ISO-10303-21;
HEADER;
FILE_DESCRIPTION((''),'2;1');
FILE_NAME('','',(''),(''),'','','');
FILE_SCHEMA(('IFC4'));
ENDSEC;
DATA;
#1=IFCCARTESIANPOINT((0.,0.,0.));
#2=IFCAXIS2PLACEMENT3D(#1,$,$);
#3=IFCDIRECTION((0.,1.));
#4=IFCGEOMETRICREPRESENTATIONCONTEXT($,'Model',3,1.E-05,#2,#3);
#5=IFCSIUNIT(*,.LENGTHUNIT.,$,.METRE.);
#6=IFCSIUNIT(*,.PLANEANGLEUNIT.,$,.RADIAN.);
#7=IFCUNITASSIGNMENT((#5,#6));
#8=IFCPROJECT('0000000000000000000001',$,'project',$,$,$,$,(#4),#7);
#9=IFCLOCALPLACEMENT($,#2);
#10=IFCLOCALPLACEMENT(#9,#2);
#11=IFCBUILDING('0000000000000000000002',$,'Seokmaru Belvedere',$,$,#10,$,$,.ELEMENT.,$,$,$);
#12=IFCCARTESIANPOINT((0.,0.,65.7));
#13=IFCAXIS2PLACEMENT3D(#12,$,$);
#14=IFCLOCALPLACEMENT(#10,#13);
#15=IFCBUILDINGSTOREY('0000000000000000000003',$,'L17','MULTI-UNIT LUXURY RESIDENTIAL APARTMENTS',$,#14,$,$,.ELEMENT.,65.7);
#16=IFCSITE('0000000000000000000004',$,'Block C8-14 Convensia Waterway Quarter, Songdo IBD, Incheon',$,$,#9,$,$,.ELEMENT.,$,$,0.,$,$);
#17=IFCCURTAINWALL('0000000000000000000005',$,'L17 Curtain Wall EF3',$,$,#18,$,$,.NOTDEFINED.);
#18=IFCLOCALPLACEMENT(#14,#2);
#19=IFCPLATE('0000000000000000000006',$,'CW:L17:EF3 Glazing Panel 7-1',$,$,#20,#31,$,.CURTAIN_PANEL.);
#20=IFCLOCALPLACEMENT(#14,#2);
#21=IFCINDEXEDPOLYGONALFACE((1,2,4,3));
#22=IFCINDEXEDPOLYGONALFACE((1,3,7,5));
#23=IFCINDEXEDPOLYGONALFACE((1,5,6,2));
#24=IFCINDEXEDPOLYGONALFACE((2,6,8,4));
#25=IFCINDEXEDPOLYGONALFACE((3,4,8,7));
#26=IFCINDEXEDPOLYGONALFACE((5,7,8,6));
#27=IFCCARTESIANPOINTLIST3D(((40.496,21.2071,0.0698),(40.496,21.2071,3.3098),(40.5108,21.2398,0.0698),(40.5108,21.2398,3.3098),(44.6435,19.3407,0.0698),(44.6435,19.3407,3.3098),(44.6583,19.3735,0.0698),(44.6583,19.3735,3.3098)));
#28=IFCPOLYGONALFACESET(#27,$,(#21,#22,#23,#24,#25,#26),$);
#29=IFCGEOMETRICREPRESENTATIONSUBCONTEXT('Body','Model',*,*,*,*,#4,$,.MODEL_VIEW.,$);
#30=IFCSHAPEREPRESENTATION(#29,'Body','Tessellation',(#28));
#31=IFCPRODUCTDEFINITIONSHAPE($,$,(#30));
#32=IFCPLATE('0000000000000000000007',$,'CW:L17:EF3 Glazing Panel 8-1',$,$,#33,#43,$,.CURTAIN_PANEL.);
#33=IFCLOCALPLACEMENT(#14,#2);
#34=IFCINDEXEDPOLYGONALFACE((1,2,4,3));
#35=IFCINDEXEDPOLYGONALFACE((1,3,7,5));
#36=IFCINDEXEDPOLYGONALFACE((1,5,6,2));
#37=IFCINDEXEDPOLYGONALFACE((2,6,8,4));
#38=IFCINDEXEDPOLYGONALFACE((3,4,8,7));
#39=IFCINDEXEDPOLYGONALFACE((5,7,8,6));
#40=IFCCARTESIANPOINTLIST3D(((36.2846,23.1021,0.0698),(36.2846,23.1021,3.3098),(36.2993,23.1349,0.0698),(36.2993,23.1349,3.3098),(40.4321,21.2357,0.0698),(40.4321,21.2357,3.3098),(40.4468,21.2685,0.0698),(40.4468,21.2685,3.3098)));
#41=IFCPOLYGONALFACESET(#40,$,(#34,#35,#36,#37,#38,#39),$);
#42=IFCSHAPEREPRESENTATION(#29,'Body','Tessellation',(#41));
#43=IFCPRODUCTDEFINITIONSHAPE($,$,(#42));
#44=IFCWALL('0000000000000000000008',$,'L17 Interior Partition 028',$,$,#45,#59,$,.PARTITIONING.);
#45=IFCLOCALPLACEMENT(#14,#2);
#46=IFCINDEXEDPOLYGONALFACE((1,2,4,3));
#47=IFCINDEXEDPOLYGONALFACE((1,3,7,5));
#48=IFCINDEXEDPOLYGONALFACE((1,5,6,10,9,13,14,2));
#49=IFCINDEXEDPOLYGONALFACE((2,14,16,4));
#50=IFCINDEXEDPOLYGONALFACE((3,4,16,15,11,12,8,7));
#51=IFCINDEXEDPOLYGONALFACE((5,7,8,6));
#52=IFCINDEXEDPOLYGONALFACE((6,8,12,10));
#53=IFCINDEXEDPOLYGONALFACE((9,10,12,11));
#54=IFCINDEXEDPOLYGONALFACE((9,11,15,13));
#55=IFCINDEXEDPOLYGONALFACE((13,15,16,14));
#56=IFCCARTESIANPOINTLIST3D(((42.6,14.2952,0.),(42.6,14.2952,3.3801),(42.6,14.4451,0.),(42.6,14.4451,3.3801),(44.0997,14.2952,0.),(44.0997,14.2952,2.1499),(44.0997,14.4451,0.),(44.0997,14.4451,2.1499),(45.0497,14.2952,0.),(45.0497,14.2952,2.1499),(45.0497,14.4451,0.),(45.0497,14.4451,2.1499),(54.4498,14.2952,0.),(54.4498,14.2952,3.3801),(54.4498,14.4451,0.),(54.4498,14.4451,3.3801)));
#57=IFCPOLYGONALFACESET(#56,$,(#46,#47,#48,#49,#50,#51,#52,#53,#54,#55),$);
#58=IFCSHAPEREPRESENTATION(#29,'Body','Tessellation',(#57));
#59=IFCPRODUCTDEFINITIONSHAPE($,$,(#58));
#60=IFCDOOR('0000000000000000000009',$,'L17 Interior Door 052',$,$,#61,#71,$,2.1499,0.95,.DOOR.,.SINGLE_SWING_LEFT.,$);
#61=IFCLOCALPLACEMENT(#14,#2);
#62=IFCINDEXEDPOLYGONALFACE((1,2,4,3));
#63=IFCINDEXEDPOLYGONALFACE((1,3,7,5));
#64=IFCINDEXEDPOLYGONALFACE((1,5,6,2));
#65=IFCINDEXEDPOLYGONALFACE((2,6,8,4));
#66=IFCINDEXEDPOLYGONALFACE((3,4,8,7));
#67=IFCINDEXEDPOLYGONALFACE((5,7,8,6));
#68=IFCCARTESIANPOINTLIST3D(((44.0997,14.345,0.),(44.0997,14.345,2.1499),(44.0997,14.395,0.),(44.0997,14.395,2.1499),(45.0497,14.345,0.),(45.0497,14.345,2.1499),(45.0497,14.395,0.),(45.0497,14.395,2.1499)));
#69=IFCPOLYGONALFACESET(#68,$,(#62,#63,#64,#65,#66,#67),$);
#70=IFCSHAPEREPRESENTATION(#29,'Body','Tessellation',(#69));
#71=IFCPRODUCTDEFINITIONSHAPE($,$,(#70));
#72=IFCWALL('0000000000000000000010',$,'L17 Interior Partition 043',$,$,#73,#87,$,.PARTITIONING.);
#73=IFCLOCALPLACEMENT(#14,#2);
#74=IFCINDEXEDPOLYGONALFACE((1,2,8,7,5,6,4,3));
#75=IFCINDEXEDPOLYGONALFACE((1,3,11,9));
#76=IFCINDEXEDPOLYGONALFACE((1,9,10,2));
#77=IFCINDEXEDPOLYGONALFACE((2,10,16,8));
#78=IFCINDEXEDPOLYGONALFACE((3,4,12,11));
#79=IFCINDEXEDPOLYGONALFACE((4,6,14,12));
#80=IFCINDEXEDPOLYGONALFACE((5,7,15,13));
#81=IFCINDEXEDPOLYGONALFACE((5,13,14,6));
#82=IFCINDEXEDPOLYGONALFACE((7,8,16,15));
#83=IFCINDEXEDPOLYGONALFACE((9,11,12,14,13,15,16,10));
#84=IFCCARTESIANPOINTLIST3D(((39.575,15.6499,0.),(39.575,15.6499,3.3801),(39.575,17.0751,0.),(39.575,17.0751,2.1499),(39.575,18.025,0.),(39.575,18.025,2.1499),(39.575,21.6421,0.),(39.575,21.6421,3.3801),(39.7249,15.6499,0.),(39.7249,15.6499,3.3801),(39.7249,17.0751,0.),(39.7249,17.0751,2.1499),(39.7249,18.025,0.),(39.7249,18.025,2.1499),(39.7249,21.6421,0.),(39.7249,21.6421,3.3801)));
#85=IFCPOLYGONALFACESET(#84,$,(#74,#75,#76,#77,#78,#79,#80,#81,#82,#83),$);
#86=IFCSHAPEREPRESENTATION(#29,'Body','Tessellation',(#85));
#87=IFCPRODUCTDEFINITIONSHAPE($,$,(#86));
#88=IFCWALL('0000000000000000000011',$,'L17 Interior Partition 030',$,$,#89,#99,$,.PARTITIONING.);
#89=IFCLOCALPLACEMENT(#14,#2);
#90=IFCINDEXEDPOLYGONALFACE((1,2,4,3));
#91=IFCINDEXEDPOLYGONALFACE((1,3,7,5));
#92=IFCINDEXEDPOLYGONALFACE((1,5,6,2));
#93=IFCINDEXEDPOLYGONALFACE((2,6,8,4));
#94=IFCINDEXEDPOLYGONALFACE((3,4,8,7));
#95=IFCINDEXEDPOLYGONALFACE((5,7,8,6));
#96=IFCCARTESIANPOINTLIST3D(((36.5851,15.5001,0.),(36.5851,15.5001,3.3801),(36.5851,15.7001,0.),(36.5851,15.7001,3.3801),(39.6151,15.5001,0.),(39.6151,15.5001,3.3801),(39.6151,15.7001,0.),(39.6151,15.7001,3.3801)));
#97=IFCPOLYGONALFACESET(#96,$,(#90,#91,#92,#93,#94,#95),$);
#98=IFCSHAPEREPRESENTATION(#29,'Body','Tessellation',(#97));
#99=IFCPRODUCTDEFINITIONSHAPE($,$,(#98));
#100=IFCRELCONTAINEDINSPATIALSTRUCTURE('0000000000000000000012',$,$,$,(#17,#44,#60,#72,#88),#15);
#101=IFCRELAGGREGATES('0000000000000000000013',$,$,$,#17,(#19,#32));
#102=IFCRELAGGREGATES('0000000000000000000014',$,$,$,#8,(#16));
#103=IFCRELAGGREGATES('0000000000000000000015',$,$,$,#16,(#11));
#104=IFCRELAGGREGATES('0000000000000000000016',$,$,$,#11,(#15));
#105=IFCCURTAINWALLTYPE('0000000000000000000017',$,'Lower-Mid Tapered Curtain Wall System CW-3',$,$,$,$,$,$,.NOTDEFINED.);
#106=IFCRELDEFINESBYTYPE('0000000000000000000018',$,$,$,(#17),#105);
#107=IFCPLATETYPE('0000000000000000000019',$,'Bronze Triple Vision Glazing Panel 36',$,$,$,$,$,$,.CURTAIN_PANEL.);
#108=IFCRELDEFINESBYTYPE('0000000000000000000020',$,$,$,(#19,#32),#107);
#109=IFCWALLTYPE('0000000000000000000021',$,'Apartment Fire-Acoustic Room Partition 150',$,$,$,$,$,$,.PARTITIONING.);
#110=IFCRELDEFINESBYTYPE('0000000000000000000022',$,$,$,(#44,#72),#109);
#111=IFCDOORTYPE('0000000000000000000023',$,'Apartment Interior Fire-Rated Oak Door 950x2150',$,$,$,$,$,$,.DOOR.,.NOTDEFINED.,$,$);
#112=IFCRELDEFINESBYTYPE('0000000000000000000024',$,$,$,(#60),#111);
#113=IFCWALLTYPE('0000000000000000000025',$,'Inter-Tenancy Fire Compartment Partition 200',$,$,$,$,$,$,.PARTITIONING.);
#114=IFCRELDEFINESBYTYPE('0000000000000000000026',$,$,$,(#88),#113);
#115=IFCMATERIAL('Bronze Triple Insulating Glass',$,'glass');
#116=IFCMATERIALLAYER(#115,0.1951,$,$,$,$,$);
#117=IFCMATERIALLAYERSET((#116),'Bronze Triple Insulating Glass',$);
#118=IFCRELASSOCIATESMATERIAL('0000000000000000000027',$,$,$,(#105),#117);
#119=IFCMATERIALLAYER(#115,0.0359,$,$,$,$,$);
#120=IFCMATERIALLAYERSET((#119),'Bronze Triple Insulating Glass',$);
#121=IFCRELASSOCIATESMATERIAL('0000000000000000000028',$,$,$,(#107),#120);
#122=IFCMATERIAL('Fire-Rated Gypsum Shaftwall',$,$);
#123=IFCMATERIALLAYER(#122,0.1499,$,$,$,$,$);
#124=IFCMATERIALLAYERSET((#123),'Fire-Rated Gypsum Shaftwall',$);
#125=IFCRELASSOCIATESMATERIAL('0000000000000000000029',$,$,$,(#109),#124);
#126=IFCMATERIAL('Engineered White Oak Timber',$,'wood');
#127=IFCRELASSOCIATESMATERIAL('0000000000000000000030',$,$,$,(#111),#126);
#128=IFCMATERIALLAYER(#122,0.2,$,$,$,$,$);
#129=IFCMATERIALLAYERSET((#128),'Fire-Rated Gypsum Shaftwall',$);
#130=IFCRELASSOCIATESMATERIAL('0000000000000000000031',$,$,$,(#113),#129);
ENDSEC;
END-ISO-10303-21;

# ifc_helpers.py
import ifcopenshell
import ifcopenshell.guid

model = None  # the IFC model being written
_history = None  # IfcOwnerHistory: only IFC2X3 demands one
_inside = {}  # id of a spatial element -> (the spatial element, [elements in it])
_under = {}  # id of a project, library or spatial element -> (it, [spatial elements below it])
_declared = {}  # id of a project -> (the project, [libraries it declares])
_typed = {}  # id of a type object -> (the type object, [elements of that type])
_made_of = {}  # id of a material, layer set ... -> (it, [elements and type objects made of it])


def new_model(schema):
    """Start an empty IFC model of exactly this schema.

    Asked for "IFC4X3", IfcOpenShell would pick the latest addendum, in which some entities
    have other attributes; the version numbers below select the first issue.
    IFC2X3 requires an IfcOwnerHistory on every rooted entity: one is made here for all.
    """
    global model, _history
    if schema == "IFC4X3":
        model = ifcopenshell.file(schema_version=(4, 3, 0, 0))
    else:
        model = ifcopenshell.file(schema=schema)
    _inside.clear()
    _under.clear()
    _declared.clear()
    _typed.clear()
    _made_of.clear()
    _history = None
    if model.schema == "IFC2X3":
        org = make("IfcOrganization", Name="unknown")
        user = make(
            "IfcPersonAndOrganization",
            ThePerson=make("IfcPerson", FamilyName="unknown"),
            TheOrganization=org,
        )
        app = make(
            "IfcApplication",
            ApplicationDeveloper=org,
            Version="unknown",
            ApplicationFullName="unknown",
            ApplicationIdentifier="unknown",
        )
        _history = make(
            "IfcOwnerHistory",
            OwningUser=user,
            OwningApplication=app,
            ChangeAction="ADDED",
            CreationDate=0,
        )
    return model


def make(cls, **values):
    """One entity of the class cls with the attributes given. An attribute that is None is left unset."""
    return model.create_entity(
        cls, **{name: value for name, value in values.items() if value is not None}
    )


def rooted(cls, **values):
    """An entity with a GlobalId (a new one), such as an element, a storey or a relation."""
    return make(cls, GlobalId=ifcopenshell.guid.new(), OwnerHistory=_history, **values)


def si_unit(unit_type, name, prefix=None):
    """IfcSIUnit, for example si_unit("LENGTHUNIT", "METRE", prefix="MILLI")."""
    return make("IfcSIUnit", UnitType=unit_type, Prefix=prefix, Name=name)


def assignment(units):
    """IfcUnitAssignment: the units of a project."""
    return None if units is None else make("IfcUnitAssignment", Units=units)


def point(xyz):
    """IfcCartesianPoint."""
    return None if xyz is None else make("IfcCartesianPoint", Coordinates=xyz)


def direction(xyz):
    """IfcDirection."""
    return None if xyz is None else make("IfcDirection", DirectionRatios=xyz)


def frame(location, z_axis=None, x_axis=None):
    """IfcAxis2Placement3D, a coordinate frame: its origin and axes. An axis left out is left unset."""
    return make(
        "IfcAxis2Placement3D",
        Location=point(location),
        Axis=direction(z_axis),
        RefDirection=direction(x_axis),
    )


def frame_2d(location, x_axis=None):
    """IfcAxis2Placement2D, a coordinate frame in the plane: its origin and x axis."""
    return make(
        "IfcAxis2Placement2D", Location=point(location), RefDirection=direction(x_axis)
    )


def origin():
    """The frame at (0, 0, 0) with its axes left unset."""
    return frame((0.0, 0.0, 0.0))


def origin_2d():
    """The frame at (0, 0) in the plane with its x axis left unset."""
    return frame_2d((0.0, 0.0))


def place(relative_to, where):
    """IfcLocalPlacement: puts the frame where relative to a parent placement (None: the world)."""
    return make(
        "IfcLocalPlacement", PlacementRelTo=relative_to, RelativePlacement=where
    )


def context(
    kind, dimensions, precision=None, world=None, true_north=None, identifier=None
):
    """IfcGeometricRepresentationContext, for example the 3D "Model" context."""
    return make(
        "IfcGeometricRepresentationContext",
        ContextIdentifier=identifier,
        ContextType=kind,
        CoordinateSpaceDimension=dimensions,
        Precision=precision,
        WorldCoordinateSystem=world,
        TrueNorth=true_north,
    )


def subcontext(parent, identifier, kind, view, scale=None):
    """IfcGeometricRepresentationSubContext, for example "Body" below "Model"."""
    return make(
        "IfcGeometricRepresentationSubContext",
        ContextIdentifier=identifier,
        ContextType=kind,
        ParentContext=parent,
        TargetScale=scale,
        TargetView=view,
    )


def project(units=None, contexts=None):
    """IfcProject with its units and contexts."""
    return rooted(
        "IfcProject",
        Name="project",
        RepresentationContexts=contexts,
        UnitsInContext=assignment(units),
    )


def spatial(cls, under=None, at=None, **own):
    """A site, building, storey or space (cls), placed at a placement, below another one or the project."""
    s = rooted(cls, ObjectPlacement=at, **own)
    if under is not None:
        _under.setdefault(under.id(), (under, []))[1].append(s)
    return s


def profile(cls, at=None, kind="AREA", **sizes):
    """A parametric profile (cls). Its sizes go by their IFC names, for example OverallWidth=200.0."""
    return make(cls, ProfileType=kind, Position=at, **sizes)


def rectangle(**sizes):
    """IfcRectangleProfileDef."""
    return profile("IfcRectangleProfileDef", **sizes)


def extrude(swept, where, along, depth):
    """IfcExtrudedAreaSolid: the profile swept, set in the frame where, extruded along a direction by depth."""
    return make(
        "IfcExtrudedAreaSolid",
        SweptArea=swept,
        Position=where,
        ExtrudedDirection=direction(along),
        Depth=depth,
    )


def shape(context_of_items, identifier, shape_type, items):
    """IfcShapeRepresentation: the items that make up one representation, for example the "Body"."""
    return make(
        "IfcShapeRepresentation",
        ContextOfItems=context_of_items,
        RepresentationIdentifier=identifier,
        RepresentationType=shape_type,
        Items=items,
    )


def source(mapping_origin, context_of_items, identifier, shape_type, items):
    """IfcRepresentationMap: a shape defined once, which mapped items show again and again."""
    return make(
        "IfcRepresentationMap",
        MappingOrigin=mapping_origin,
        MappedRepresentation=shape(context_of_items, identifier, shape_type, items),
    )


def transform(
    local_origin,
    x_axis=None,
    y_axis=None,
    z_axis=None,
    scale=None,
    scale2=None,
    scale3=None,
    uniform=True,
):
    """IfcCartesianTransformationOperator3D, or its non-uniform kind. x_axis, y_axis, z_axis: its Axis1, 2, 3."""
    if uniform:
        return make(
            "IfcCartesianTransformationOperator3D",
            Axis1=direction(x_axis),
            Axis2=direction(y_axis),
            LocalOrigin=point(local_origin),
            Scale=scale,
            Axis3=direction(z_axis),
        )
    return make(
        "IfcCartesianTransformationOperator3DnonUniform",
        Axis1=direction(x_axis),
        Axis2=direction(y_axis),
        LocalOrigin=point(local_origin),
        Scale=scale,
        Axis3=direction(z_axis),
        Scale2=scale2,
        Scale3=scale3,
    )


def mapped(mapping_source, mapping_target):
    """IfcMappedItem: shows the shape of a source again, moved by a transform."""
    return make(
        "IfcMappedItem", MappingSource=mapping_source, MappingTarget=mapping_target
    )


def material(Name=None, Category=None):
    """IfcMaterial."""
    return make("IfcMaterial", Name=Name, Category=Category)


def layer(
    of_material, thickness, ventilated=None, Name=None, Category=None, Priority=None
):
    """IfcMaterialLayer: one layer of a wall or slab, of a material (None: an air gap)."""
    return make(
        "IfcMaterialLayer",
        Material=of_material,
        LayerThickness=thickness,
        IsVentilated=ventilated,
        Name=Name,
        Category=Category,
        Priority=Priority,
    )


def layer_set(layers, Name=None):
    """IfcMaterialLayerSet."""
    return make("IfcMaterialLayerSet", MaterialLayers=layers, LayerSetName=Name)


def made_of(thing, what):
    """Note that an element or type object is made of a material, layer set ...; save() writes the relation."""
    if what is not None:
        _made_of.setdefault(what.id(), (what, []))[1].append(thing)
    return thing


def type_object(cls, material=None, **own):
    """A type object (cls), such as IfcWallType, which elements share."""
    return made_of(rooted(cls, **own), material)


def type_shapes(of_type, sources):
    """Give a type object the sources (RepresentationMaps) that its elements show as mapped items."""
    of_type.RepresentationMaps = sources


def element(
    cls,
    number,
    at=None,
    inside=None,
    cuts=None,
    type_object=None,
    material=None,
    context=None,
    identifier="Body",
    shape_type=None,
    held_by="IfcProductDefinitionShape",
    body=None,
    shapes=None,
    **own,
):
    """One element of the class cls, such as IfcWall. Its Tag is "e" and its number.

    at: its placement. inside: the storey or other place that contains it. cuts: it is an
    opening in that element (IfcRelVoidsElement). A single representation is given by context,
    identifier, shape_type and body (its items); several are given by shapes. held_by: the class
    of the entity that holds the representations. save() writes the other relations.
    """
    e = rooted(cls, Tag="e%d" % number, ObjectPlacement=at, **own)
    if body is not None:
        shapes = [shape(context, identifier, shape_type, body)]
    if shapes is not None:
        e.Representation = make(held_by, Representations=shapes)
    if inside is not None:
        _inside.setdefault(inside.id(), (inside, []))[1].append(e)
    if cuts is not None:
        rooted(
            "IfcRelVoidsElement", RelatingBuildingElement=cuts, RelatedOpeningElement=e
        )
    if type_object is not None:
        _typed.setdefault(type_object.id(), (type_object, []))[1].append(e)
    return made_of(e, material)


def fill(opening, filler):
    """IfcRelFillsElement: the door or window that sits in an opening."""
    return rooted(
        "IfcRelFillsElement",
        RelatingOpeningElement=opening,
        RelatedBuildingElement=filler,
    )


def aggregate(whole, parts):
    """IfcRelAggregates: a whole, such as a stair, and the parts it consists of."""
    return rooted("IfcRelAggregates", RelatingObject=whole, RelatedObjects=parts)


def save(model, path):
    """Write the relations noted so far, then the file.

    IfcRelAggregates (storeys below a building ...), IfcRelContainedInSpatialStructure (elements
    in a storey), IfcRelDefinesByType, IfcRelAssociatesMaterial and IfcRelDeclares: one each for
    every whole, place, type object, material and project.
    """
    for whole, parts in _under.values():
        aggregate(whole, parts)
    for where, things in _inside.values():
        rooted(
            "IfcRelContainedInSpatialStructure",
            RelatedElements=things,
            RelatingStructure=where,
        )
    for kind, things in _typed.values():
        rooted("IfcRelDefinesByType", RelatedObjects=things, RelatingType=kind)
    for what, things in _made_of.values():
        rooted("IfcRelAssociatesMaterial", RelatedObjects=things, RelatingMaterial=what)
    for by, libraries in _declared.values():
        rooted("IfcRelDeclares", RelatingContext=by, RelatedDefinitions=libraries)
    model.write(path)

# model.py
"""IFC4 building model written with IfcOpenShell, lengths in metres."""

from ifc_helpers import new_model, si_unit, direction, frame, frame_2d, origin, origin_2d, place, context, subcontext, project, spatial, rectangle, extrude, source, transform, mapped, material, layer, layer_set, type_object, type_shapes, element, fill, aggregate, save


model = new_model("IFC4")

# Units and contexts
model_context = context("Model", 3, precision=1e-05, world=origin(), true_north=direction((0.0, 1.0)))
body_context = subcontext(model_context, "Body", "Model", "MODEL_VIEW")
ifc_project = project(units=[si_unit("LENGTHUNIT", "METRE"), si_unit("PLANEANGLEUNIT", "RADIAN")], contexts=[model_context])

# Site, building, storey
site_placement = place(None, origin())
site = spatial("IfcSite", under=ifc_project, at=site_placement, Name="Block C8-14 Convensia Waterway Quarter, Songdo IBD, Incheon", CompositionType="ELEMENT", RefElevation=0.0)
building_placement = place(site_placement, origin())
building = spatial("IfcBuilding", under=site, at=building_placement, Name="Seokmaru Belvedere", CompositionType="ELEMENT")
storey_placement = place(building_placement, frame((0.0, 0.0, 65.7)))
storey = spatial("IfcBuildingStorey", under=building, at=storey_placement, Name="L17", Description="MULTI-UNIT LUXURY RESIDENTIAL APARTMENTS", CompositionType="ELEMENT", Elevation=65.7)

# Curtain wall, plates
ifc_material_1 = material(Name="Bronze Triple Insulating Glass", Category="glass")
ifc_layer_1 = layer(ifc_material_1, 0.1951)
ifc_layer_set_1 = layer_set([ifc_layer_1], Name="Bronze Triple Insulating Glass")
curtain_wall_type = type_object("IfcCurtainWallType", Name="Lower-Mid Tapered Curtain Wall System CW-3", PredefinedType="NOTDEFINED", material=ifc_layer_set_1)
curtain_wall_placement = place(storey_placement, origin())
curtain_wall = element("IfcCurtainWall", 1, at=curtain_wall_placement, inside=storey, type_object=curtain_wall_type, Name="L17 Curtain Wall EF3", PredefinedType="NOTDEFINED")
ifc_layer_2 = layer(ifc_material_1, 0.0359)
ifc_layer_set_2 = layer_set([ifc_layer_2], Name="Bronze Triple Insulating Glass")
plate_type = type_object("IfcPlateType", Name="Bronze Triple Vision Glazing Panel 36", PredefinedType="CURTAIN_PANEL", material=ifc_layer_set_2)
shared_shape_1 = source(origin(), body_context, "Body", "SweptSolid", [
    extrude(rectangle(XDim=4.5481, YDim=0.0359, at=origin_2d()), origin(), (0.0, 0.0, 1.0), 3.24),
])
type_shapes(plate_type, [shared_shape_1])
plate_1_placement = place(storey_placement, frame((42.5771, 20.2903, 0.0698), z_axis=(0.0, 0.0, 1.0), x_axis=(-0.911921, 0.410366, 0.0)))
plate_1 = element("IfcPlate", 2, at=plate_1_placement, type_object=plate_type, Name="CW:L17:EF3 Glazing Panel 7-1", PredefinedType="CURTAIN_PANEL", context=body_context, shape_type="MappedRepresentation", body=[
    mapped(shared_shape_1, transform((0.0, 0.0, 0.0), scale=1.0)),
])
plate_2_placement = place(storey_placement, frame((38.3657, 22.1853, 0.0698), z_axis=(0.0, 0.0, 1.0), x_axis=(-0.911921, 0.410366, 0.0)))
plate_2 = element("IfcPlate", 3, at=plate_2_placement, type_object=plate_type, Name="CW:L17:EF3 Glazing Panel 8-1", PredefinedType="CURTAIN_PANEL", context=body_context, shape_type="MappedRepresentation", body=[
    mapped(shared_shape_1, transform((0.0, 0.0, 0.0), scale=1.0)),
])
aggregate(curtain_wall, [plate_1, plate_2])

# Shared definitions
ifc_material_2 = material(Name="Fire-Rated Gypsum Shaftwall")
ifc_layer_3 = layer(ifc_material_2, 0.1499)
ifc_layer_set_3 = layer_set([ifc_layer_3], Name="Fire-Rated Gypsum Shaftwall")
wall_type_1 = type_object("IfcWallType", Name="Apartment Fire-Acoustic Room Partition 150", PredefinedType="PARTITIONING", material=ifc_layer_set_3)

# Wall, opening, door
wall_1_placement = place(storey_placement, frame((42.6001, 14.3701, 0.0), z_axis=(0.0, 0.0, 1.0), x_axis=(1.0, 0.0, 0.0)))
wall_1 = element("IfcWall", 4, at=wall_1_placement, inside=storey, type_object=wall_type_1, Name="L17 Interior Partition 028", PredefinedType="PARTITIONING", context=body_context, shape_type="SweptSolid", body=[
    extrude(rectangle(XDim=11.8499, YDim=0.1499, at=frame_2d((5.9248, 0.0))), origin(), (0.0, 0.0, 1.0), 3.3801),
])
opening_1_placement = place(wall_1_placement, frame((1.4995, 0.0, 0.0)))
opening_1 = element("IfcOpeningElement", 5, at=opening_1_placement, cuts=wall_1, PredefinedType="OPENING", context=body_context, shape_type="SweptSolid", body=[
    extrude(rectangle(XDim=0.95, YDim=2.1499, at=frame_2d((0.4751, 1.075))), frame((0.0, 0.085, 0.0), z_axis=(0.0, -1.0, 0.0), x_axis=(1.0, 0.0, 0.0)), (0.0, 0.0, 1.0), 0.1699),
])
ifc_material_3 = material(Name="Engineered White Oak Timber", Category="wood")
door_type = type_object("IfcDoorType", Name="Apartment Interior Fire-Rated Oak Door 950x2150", OperationType="NOTDEFINED", PredefinedType="DOOR", material=ifc_material_3)
shared_shape_2 = source(origin(), body_context, "Body", "SweptSolid", [
    extrude(rectangle(XDim=0.95, YDim=2.1499, at=frame_2d((0.4751, 1.075))), frame((0.0, 0.0249, 0.0), z_axis=(0.0, -1.0, 0.0), x_axis=(1.0, 0.0, 0.0)), (0.0, 0.0, 1.0), 0.05),
])
type_shapes(door_type, [shared_shape_2])
door_placement = place(opening_1_placement, origin())
door = element("IfcDoor", 6, at=door_placement, inside=storey, type_object=door_type, Name="L17 Interior Door 052", OperationType="SINGLE_SWING_LEFT", OverallHeight=2.1499, OverallWidth=0.95, PredefinedType="DOOR", context=body_context, shape_type="MappedRepresentation", body=[
    mapped(shared_shape_2, transform((0.0, 0.0, 0.0), scale=1.0)),
])
fill(opening_1, door)

# Wall, opening
wall_2_placement = place(storey_placement, frame((39.6499, 15.6499, 0.0), z_axis=(0.0, 0.0, 1.0), x_axis=(0.0, 1.0, 0.0)))
wall_2 = element("IfcWall", 7, at=wall_2_placement, inside=storey, type_object=wall_type_1, Name="L17 Interior Partition 043", PredefinedType="PARTITIONING", context=body_context, shape_type="SweptSolid", body=[
    extrude(rectangle(XDim=5.9922, YDim=0.1499, at=frame_2d((2.9961, 0.0))), origin(), (0.0, 0.0, 1.0), 3.3801),
])
opening_2_placement = place(wall_2_placement, frame((1.425, 0.0, 0.0)))
element("IfcOpeningElement", 8, at=opening_2_placement, cuts=wall_2, PredefinedType="OPENING", context=body_context, shape_type="SweptSolid", body=[
    extrude(rectangle(XDim=0.95, YDim=2.1499, at=frame_2d((0.4751, 1.075))), frame((0.0, 0.085, 0.0), z_axis=(0.0, -1.0, 0.0), x_axis=(1.0, 0.0, 0.0)), (0.0, 0.0, 1.0), 0.1699),
])

# Wall
ifc_layer_4 = layer(ifc_material_2, 0.2)
ifc_layer_set_4 = layer_set([ifc_layer_4], Name="Fire-Rated Gypsum Shaftwall")
wall_type_2 = type_object("IfcWallType", Name="Inter-Tenancy Fire Compartment Partition 200", PredefinedType="PARTITIONING", material=ifc_layer_set_4)
wall_3_placement = place(storey_placement, frame((36.585, 15.6001, 0.0), z_axis=(0.0, 0.0, 1.0), x_axis=(1.0, 0.0, 0.0)))
element("IfcWall", 9, at=wall_3_placement, inside=storey, type_object=wall_type_2, Name="L17 Interior Partition 030", PredefinedType="PARTITIONING", context=body_context, shape_type="SweptSolid", body=[
    extrude(rectangle(XDim=3.03, YDim=0.2, at=frame_2d((1.5151, 0.0))), origin(), (0.0, 0.0, 1.0), 3.3801),
])

save(model, "model.ifc")
